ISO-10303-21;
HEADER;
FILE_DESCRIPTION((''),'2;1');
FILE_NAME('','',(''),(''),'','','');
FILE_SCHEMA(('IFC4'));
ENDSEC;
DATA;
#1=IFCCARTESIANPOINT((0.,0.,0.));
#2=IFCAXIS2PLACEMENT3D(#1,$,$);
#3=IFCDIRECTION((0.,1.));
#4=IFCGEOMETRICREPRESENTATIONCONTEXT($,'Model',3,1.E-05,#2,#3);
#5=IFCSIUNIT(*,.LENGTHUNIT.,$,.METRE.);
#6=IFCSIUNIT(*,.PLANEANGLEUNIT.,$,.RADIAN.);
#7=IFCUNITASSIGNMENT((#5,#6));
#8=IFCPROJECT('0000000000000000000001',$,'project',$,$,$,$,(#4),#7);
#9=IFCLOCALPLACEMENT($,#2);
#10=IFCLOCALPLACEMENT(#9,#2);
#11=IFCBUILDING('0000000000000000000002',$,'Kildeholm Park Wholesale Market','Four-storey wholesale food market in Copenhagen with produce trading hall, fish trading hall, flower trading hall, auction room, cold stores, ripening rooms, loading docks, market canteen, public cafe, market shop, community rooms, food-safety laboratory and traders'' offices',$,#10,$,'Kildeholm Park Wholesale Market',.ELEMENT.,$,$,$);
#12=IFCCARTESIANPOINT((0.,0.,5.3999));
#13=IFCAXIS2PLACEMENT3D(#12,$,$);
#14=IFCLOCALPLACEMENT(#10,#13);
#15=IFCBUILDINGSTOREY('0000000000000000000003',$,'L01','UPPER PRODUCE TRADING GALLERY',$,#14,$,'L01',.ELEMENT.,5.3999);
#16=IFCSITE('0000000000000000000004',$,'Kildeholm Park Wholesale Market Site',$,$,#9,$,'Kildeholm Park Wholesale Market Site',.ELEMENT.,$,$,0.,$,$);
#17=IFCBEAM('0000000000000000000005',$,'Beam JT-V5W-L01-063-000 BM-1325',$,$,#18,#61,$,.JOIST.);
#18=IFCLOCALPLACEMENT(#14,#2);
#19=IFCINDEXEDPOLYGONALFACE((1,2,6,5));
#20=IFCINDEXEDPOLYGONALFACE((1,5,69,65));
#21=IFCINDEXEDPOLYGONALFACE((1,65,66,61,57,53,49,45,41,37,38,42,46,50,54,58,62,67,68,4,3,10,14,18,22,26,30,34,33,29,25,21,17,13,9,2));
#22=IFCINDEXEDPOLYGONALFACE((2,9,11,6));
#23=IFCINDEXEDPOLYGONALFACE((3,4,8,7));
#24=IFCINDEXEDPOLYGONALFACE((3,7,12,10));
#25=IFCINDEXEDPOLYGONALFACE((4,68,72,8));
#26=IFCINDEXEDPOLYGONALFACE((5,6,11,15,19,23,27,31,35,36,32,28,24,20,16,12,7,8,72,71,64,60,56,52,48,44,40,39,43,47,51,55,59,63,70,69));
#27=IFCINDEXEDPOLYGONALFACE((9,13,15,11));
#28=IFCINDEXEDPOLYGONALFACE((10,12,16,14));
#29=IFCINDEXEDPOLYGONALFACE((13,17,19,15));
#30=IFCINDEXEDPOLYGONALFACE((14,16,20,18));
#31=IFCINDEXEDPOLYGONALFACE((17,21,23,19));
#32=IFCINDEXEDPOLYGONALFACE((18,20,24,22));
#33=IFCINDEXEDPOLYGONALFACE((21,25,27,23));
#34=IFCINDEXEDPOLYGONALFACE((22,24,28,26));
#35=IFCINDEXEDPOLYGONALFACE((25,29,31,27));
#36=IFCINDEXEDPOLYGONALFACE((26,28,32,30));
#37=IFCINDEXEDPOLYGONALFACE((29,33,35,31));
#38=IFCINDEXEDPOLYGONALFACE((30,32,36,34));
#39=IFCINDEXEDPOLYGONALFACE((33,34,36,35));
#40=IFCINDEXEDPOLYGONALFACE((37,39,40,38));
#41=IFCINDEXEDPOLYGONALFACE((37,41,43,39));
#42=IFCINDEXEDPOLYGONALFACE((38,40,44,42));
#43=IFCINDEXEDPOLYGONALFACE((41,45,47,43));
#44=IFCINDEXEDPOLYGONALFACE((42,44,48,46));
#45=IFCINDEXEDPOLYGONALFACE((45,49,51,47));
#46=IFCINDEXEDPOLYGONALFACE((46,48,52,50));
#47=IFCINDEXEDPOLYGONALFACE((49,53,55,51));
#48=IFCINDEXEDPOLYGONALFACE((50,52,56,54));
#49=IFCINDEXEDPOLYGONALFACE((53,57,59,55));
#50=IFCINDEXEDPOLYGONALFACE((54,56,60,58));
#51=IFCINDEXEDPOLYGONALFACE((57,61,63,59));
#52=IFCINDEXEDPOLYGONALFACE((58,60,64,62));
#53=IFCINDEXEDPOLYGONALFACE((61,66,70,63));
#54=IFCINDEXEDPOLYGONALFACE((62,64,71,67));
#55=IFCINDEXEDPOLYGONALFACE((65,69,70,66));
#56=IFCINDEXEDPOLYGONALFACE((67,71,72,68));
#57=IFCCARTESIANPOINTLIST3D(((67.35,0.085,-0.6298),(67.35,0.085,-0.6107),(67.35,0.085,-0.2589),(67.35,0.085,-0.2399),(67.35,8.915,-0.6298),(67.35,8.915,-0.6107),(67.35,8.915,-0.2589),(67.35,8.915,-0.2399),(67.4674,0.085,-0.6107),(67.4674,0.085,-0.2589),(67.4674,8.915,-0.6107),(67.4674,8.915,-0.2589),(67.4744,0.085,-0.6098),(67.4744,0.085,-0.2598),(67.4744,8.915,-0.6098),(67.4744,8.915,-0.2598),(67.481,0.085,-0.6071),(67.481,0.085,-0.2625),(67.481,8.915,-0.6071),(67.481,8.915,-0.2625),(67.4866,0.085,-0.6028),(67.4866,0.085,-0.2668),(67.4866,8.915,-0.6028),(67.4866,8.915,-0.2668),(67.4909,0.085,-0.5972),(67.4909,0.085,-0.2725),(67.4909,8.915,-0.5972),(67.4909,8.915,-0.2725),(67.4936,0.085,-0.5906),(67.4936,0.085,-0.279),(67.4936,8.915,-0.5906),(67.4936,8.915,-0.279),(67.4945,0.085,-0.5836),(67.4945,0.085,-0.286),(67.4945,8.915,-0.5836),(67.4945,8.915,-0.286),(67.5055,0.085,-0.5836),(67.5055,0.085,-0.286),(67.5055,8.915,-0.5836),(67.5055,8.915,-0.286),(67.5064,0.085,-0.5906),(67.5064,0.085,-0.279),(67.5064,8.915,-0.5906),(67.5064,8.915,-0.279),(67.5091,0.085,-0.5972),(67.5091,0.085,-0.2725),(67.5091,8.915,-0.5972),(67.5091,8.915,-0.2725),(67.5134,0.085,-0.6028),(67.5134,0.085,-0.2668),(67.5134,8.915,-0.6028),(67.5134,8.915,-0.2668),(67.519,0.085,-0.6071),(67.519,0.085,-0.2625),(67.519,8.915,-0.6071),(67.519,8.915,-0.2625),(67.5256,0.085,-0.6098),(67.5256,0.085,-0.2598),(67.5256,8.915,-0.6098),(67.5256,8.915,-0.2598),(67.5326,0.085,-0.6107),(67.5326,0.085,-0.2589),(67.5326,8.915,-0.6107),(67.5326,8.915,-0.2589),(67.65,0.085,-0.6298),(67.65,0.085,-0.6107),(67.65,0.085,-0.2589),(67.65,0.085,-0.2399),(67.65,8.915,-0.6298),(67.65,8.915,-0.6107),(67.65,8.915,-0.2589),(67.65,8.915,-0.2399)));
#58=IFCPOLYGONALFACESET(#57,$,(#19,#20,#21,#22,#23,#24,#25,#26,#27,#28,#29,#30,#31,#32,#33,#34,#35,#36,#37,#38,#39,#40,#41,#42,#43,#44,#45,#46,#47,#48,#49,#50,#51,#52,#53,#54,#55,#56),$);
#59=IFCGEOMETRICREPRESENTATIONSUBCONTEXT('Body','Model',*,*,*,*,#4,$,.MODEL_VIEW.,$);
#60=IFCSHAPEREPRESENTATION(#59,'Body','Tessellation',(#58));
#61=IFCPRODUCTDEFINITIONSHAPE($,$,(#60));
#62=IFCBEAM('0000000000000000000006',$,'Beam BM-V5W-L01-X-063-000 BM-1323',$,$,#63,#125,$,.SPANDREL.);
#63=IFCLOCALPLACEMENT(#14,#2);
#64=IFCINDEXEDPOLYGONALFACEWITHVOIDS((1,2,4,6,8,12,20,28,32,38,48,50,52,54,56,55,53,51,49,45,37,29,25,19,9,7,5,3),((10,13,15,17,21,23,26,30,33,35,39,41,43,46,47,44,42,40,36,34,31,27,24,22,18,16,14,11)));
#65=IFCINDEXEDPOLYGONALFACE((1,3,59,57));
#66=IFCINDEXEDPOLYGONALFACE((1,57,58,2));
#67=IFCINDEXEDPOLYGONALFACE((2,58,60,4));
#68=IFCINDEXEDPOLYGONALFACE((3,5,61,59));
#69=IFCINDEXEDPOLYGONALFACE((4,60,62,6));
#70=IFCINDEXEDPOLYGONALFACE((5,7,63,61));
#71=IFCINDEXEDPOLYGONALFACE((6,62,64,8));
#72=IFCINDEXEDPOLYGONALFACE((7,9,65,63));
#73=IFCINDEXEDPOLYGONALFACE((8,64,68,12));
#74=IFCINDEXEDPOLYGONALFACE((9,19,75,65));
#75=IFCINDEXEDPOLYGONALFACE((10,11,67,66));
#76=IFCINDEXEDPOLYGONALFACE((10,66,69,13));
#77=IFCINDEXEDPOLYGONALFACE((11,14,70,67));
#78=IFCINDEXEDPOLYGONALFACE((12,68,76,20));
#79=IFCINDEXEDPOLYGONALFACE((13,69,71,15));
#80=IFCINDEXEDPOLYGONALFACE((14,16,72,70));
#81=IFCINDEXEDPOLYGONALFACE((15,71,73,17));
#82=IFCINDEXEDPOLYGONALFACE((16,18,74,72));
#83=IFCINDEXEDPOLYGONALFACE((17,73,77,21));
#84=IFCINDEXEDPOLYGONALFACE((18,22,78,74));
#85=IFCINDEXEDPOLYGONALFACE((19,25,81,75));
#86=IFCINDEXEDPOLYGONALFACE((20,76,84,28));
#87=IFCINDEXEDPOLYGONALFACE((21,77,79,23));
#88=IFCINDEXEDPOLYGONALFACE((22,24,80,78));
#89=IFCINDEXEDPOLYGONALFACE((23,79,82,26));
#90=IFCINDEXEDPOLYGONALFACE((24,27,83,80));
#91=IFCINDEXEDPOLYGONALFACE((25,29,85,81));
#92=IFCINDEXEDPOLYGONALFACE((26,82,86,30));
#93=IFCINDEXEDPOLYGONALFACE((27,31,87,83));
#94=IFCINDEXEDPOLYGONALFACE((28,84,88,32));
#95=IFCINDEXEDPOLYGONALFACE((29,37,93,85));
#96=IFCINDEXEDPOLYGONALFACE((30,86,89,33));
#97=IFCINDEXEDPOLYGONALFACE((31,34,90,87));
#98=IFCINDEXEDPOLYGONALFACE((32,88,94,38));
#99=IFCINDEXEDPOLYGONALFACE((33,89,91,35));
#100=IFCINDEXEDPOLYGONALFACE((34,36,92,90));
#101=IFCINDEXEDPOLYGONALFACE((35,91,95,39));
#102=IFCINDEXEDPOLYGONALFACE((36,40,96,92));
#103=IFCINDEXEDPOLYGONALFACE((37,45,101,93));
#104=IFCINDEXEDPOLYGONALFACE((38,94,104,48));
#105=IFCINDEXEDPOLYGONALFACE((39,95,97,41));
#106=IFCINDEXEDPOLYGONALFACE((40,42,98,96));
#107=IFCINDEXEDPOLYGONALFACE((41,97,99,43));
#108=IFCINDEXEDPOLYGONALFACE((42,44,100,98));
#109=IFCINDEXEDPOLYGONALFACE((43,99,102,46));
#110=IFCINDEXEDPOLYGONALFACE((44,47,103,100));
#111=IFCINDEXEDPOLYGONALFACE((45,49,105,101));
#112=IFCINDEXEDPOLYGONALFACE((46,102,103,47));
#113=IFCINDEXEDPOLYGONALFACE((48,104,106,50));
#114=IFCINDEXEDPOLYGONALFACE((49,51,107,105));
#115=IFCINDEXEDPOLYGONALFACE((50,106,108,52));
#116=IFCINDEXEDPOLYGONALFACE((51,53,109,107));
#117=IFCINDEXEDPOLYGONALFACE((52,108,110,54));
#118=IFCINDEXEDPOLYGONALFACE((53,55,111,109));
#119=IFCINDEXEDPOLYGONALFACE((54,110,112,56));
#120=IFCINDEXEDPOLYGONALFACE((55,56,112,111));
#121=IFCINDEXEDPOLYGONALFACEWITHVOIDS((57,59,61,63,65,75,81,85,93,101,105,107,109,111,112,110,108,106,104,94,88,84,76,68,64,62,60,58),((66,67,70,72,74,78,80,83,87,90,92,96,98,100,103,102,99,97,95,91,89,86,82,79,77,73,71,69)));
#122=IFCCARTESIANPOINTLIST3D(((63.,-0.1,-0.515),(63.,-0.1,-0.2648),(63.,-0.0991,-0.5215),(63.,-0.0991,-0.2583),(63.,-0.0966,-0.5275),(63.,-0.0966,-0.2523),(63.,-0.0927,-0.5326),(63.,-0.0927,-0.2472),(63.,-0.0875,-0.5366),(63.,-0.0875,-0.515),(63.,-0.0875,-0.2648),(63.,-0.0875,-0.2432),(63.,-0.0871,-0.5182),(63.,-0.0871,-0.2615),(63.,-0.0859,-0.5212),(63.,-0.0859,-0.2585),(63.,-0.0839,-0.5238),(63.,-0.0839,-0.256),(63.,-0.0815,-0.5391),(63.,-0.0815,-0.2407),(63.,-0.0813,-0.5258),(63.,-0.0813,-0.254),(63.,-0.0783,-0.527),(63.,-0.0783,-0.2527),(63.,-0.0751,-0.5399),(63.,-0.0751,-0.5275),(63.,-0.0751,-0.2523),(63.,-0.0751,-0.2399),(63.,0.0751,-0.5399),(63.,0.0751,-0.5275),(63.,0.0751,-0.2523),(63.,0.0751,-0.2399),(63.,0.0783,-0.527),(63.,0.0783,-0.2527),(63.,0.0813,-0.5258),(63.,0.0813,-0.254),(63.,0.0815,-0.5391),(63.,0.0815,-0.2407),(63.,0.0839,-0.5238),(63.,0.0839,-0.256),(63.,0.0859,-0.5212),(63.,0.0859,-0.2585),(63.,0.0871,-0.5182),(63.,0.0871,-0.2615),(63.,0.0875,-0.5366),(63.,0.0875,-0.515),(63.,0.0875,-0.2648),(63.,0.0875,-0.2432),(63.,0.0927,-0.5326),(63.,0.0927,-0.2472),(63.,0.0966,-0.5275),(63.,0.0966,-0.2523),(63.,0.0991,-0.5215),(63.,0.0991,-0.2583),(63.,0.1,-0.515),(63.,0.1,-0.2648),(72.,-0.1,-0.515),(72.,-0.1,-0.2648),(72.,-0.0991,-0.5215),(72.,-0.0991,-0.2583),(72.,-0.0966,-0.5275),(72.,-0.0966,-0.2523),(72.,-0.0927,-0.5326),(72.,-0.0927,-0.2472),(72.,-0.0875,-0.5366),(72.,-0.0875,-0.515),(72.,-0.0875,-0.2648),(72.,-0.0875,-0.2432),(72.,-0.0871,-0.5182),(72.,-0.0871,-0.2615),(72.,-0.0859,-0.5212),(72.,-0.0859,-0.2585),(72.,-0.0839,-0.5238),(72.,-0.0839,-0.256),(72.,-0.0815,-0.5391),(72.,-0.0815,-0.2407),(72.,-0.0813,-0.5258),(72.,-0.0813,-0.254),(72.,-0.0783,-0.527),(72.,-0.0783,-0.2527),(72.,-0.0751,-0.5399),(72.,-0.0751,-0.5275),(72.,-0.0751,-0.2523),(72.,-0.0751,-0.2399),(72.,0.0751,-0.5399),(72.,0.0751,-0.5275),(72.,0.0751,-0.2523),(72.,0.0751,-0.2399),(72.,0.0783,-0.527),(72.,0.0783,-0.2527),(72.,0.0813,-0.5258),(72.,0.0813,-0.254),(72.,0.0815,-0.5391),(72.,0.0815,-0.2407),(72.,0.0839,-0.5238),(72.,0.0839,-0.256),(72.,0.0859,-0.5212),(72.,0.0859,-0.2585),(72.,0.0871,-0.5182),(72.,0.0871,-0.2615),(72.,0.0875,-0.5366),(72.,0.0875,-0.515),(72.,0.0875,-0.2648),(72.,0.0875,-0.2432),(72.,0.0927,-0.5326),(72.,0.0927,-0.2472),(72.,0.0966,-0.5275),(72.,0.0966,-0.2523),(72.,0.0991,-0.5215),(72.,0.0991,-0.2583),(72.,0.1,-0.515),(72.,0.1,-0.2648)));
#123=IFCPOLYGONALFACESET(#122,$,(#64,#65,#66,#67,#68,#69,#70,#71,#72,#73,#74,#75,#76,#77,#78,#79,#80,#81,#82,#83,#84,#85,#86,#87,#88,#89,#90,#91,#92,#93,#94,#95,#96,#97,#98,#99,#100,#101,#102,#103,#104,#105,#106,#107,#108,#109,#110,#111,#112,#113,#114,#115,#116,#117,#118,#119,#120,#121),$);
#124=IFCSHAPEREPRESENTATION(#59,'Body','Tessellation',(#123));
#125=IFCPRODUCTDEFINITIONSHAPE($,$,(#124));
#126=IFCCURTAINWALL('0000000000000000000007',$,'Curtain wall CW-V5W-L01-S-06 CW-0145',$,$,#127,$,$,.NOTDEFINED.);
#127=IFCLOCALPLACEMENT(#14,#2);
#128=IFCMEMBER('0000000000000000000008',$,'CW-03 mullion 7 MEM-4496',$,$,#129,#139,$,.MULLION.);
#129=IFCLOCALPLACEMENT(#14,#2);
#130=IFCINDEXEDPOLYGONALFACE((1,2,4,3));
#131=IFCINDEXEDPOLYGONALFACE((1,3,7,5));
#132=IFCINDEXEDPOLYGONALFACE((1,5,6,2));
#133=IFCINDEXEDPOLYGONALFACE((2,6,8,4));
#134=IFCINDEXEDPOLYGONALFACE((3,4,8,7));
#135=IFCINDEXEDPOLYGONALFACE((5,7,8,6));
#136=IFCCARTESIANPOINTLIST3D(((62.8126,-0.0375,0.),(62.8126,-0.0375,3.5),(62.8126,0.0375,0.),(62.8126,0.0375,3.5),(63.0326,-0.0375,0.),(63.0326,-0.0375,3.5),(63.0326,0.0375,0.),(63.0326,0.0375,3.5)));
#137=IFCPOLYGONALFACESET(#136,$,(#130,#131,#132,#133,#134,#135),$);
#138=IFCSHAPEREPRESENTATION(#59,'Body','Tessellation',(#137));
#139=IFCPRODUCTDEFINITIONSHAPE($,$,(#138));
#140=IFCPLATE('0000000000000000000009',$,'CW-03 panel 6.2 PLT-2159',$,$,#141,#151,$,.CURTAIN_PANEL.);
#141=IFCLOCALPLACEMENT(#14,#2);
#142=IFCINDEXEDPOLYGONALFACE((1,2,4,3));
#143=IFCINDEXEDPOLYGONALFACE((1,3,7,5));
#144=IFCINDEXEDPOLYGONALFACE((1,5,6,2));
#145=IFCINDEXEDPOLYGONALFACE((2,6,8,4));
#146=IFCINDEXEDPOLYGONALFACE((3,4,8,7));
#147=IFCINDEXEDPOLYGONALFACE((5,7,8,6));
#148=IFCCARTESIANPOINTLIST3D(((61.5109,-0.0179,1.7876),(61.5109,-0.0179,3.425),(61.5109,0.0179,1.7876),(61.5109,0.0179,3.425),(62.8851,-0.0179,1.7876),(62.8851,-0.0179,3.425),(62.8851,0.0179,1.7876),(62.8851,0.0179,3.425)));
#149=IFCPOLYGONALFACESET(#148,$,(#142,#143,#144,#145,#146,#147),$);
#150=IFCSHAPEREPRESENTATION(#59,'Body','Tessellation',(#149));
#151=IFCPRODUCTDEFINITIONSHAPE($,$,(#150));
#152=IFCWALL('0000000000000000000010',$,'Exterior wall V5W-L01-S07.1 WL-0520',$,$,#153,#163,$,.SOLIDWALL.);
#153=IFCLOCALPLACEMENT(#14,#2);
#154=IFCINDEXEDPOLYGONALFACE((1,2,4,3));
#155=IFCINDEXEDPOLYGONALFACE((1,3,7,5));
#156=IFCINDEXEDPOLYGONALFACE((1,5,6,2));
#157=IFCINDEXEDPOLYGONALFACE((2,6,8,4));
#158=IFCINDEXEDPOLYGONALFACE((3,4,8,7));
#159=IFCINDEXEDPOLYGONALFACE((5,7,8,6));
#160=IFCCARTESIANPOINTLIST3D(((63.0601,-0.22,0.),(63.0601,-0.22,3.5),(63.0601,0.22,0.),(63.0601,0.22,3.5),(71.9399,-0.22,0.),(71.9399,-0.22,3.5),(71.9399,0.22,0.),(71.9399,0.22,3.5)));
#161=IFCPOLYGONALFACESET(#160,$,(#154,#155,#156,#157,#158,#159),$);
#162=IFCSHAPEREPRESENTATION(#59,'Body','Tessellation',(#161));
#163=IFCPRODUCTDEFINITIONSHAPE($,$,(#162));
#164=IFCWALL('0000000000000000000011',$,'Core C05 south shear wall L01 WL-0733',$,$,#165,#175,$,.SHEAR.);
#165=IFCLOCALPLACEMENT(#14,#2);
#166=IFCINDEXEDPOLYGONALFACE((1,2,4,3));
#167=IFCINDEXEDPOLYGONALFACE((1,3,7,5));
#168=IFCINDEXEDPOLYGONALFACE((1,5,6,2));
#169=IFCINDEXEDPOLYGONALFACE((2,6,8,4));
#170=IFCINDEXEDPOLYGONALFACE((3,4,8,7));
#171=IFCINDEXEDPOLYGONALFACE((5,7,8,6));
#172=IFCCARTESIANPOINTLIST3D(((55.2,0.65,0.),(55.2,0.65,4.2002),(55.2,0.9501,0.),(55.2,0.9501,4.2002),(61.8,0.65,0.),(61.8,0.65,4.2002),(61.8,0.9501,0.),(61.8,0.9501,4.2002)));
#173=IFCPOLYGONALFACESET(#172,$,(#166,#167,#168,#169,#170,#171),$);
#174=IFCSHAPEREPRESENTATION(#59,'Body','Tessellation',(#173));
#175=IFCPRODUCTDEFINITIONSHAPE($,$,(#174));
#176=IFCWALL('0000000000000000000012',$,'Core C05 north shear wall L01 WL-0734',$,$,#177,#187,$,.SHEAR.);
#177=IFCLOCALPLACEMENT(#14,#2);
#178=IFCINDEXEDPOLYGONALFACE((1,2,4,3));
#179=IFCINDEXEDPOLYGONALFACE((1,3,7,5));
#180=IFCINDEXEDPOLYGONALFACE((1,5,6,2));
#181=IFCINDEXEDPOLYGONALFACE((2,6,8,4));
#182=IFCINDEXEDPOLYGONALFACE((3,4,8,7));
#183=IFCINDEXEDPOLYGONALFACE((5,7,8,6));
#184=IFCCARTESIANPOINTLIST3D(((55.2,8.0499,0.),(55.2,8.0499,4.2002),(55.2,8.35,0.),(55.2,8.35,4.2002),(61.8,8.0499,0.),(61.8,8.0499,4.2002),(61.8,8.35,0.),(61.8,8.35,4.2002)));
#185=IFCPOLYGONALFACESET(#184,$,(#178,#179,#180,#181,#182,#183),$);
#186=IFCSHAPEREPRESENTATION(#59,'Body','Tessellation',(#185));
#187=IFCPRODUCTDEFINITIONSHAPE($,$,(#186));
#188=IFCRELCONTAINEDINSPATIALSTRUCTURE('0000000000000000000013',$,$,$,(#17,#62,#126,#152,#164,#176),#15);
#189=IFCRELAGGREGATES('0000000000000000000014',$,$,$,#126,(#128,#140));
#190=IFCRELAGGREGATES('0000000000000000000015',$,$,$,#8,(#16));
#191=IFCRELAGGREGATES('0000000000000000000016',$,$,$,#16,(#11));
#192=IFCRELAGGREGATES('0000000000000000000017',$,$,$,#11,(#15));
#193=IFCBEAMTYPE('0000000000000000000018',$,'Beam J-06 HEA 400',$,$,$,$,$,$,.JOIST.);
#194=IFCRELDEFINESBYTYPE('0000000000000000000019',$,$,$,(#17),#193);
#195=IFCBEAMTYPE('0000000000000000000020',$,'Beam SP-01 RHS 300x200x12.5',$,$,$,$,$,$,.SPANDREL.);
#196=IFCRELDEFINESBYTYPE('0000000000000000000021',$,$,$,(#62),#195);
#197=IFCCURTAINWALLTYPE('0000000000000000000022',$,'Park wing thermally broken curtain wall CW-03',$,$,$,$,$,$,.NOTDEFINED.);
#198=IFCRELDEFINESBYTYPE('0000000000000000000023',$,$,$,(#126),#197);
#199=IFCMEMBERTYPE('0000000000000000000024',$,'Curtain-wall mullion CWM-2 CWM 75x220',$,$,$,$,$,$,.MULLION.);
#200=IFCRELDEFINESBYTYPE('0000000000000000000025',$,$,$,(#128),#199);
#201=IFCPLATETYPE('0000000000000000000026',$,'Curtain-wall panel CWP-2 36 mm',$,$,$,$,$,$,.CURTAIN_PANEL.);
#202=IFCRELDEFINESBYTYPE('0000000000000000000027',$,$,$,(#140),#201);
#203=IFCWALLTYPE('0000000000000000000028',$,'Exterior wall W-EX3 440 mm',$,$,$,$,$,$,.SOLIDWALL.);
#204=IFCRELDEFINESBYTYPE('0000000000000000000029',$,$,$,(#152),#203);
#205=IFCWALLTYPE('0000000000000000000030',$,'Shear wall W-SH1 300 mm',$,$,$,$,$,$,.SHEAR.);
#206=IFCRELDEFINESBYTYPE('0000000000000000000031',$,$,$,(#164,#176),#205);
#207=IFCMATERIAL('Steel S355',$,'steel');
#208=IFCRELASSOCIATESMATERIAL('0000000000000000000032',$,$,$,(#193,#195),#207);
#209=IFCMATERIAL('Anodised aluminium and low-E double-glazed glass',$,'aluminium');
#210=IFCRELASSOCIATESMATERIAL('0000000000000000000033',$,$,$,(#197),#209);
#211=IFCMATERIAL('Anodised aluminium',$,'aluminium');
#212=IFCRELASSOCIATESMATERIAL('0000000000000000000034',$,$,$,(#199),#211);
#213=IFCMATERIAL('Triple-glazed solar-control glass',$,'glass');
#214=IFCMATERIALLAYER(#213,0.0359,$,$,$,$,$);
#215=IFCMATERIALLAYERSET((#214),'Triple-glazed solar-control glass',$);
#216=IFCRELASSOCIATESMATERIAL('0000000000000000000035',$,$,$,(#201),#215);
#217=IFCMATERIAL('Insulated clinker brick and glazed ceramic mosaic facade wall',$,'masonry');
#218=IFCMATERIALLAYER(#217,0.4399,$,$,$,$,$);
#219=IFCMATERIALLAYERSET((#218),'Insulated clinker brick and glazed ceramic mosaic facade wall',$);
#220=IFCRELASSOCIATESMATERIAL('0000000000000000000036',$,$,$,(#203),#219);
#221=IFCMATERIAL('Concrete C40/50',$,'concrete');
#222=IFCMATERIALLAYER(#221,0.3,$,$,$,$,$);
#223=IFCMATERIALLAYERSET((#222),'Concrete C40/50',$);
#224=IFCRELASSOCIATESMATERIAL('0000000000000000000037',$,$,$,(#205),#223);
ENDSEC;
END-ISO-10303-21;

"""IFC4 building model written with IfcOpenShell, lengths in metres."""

from ifc_helpers import new_model, si_unit, direction, frame, frame_2d, origin, origin_2d, place, context, subcontext, project, spatial, rectangle, hollow_rectangle, i_section, extrude, material, layer, layer_set, material_profile, profile_set, type_object, element, aggregate, save


model = new_model("IFC4")

# Units and contexts
model_context = context("Model", 3, precision=1e-05, world=origin(), true_north=direction((0.0, 1.0)))
body_context = subcontext(model_context, "Body", "Model", "MODEL_VIEW")
ifc_project = project(units=[si_unit("LENGTHUNIT", "METRE"), si_unit("PLANEANGLEUNIT", "RADIAN")], contexts=[model_context])

# Site, building, storey
site_placement = place(None, origin())
site = spatial("IfcSite", under=ifc_project, at=site_placement, Name="Kildeholm Park Wholesale Market Site", LongName="Kildeholm Park Wholesale Market Site", CompositionType="ELEMENT", RefElevation=0.0)
building_placement = place(site_placement, origin())
building = spatial("IfcBuilding", under=site, at=building_placement, Name="Kildeholm Park Wholesale Market", Description="Four-storey wholesale food market in Copenhagen with produce trading hall, fish trading hall, flower trading hall, auction room, cold stores, ripening rooms, loading docks, market canteen, public cafe, market shop, community rooms, food-safety laboratory and traders' offices", LongName="Kildeholm Park Wholesale Market", CompositionType="ELEMENT")
storey_placement = place(building_placement, frame((0.0, 0.0, 5.3999)))
storey = spatial("IfcBuildingStorey", under=building, at=storey_placement, Name="L01", Description="UPPER PRODUCE TRADING GALLERY", LongName="L01", CompositionType="ELEMENT", Elevation=5.3999)

# Shared definitions
ifc_material_1 = material(Name="Steel S355", Category="steel")

# Beams
ifc_material_profile_1 = material_profile(ifc_material_1, i_section(OverallWidth=0.3, OverallDepth=0.3899, WebThickness=0.011, FlangeThickness=0.019, FilletRadius=0.0271, at=origin_2d()), Name="HEA 400")
ifc_profile_set_1 = profile_set([ifc_material_profile_1], Name="Steel S355")
beam_type_1 = type_object("IfcBeamType", Name="Beam J-06 HEA 400", PredefinedType="JOIST", material=ifc_profile_set_1)
beam_1_placement = place(storey_placement, frame((67.5, 0.085, -0.4348), z_axis=(0.0, 1.0, 0.0), x_axis=(-1.0, 0.0, 0.0)))
element("IfcBeam", 1, at=beam_1_placement, inside=storey, type_object=beam_type_1, Name="Beam JT-V5W-L01-063-000 BM-1325", PredefinedType="JOIST", context=body_context, shape_type="SweptSolid", body=[
    extrude(i_section(OverallWidth=0.3, OverallDepth=0.3899, WebThickness=0.011, FlangeThickness=0.019, FilletRadius=0.0271, at=origin_2d()), origin(), (0.0, 0.0, 1.0), 8.8301),
])
ifc_material_profile_2 = material_profile(ifc_material_1, hollow_rectangle(XDim=0.2, YDim=0.3, WallThickness=0.0125, InnerFilletRadius=0.0125, OuterFilletRadius=0.0249, at=origin_2d()), Name="RHS 300x200x12.5")
ifc_profile_set_2 = profile_set([ifc_material_profile_2], Name="Steel S355")
beam_type_2 = type_object("IfcBeamType", Name="Beam SP-01 RHS 300x200x12.5", PredefinedType="SPANDREL", material=ifc_profile_set_2)
beam_2_placement = place(storey_placement, frame((63.0, 0.0, -0.3899), z_axis=(1.0, 0.0, 0.0), x_axis=(0.0, 1.0, 0.0)))
element("IfcBeam", 2, at=beam_2_placement, inside=storey, type_object=beam_type_2, Name="Beam BM-V5W-L01-X-063-000 BM-1323", PredefinedType="SPANDREL", context=body_context, shape_type="SweptSolid", body=[
    extrude(hollow_rectangle(XDim=0.2, YDim=0.3, WallThickness=0.0125, InnerFilletRadius=0.0125, OuterFilletRadius=0.0249, at=origin_2d()), origin(), (0.0, 0.0, 1.0), 9.0),
])

# Curtain wall, member, plate
ifc_material_2 = material(Name="Anodised aluminium and low-E double-glazed glass", Category="aluminium")
curtain_wall_type = type_object("IfcCurtainWallType", Name="Park wing thermally broken curtain wall CW-03", PredefinedType="NOTDEFINED", material=ifc_material_2)
curtain_wall_placement = place(storey_placement, origin())
curtain_wall = element("IfcCurtainWall", 3, at=curtain_wall_placement, inside=storey, type_object=curtain_wall_type, Name="Curtain wall CW-V5W-L01-S-06 CW-0145", PredefinedType="NOTDEFINED")
ifc_material_3 = material(Name="Anodised aluminium", Category="aluminium")
ifc_material_profile_3 = material_profile(ifc_material_3, rectangle(XDim=0.075, YDim=0.22, at=origin_2d()), Name="CWM 75x220")
ifc_profile_set_3 = profile_set([ifc_material_profile_3], Name="Anodised aluminium")
member_type = type_object("IfcMemberType", Name="Curtain-wall mullion CWM-2 CWM 75x220", PredefinedType="MULLION", material=ifc_profile_set_3)
member_placement = place(storey_placement, frame((62.9226, 0.0, 0.0), z_axis=(0.0, 0.0, 1.0), x_axis=(0.0, 1.0, 0.0)))
member = element("IfcMember", 4, at=member_placement, type_object=member_type, Name="CW-03 mullion 7 MEM-4496", PredefinedType="MULLION", context=body_context, shape_type="SweptSolid", body=[
    extrude(rectangle(XDim=0.075, YDim=0.22, at=origin_2d()), origin(), (0.0, 0.0, 1.0), 3.5),
])
ifc_material_4 = material(Name="Triple-glazed solar-control glass", Category="glass")
ifc_layer_1 = layer(ifc_material_4, 0.0359)
ifc_layer_set_1 = layer_set([ifc_layer_1], Name="Triple-glazed solar-control glass")
plate_type = type_object("IfcPlateType", Name="Curtain-wall panel CWP-2 36 mm", PredefinedType="CURTAIN_PANEL", material=ifc_layer_set_1)
plate_placement = place(storey_placement, frame((62.198, 0.0, 1.7876), z_axis=(0.0, 0.0, 1.0), x_axis=(1.0, 0.0, 0.0)))
plate = element("IfcPlate", 5, at=plate_placement, type_object=plate_type, Name="CW-03 panel 6.2 PLT-2159", PredefinedType="CURTAIN_PANEL", context=body_context, shape_type="SweptSolid", body=[
    extrude(rectangle(XDim=1.3743, YDim=0.0359, at=origin_2d()), origin(), (0.0, 0.0, 1.0), 1.6375),
])
aggregate(curtain_wall, [member, plate])

# Walls
ifc_material_5 = material(Name="Insulated clinker brick and glazed ceramic mosaic facade wall", Category="masonry")
ifc_layer_2 = layer(ifc_material_5, 0.4399)
ifc_layer_set_2 = layer_set([ifc_layer_2], Name="Insulated clinker brick and glazed ceramic mosaic facade wall")
wall_type_1 = type_object("IfcWallType", Name="Exterior wall W-EX3 440 mm", PredefinedType="SOLIDWALL", material=ifc_layer_set_2)
wall_1_placement = place(storey_placement, frame((63.0601, 0.0, 0.0), z_axis=(0.0, 0.0, 1.0), x_axis=(1.0, 0.0, 0.0)))
element("IfcWall", 6, at=wall_1_placement, inside=storey, type_object=wall_type_1, Name="Exterior wall V5W-L01-S07.1 WL-0520", PredefinedType="SOLIDWALL", context=body_context, shape_type="SweptSolid", body=[
    extrude(rectangle(XDim=8.8799, YDim=0.4399, at=frame_2d((4.4399, 0.0))), origin(), (0.0, 0.0, 1.0), 3.5),
])
ifc_material_6 = material(Name="Concrete C40/50", Category="concrete")
ifc_layer_3 = layer(ifc_material_6, 0.3)
ifc_layer_set_3 = layer_set([ifc_layer_3], Name="Concrete C40/50")
wall_type_2 = type_object("IfcWallType", Name="Shear wall W-SH1 300 mm", PredefinedType="SHEAR", material=ifc_layer_set_3)
for number, where, z_axis, x_axis, name in (
    (7, (55.2, 0.8, 0.0), (0.0, 0.0, 1.0), (1.0, 0.0, 0.0), "Core C05 south shear wall L01 WL-0733"),
    (8, (55.2, 8.2, 0.0), (0.0, 0.0, 1.0), (1.0, 0.0, 0.0), "Core C05 north shear wall L01 WL-0734"),
):
    element("IfcWall", number, at=place(storey_placement, frame(where, z_axis=z_axis, x_axis=x_axis)), inside=storey, type_object=wall_type_2, Name=name, PredefinedType="SHEAR", context=body_context, shape_type="SweptSolid", body=[
        extrude(rectangle(XDim=6.6001, YDim=0.3, at=frame_2d((3.3, 0.0))), origin(), (0.0, 0.0, 1.0), 4.2002),
    ])

save(model, "model.ifc")
